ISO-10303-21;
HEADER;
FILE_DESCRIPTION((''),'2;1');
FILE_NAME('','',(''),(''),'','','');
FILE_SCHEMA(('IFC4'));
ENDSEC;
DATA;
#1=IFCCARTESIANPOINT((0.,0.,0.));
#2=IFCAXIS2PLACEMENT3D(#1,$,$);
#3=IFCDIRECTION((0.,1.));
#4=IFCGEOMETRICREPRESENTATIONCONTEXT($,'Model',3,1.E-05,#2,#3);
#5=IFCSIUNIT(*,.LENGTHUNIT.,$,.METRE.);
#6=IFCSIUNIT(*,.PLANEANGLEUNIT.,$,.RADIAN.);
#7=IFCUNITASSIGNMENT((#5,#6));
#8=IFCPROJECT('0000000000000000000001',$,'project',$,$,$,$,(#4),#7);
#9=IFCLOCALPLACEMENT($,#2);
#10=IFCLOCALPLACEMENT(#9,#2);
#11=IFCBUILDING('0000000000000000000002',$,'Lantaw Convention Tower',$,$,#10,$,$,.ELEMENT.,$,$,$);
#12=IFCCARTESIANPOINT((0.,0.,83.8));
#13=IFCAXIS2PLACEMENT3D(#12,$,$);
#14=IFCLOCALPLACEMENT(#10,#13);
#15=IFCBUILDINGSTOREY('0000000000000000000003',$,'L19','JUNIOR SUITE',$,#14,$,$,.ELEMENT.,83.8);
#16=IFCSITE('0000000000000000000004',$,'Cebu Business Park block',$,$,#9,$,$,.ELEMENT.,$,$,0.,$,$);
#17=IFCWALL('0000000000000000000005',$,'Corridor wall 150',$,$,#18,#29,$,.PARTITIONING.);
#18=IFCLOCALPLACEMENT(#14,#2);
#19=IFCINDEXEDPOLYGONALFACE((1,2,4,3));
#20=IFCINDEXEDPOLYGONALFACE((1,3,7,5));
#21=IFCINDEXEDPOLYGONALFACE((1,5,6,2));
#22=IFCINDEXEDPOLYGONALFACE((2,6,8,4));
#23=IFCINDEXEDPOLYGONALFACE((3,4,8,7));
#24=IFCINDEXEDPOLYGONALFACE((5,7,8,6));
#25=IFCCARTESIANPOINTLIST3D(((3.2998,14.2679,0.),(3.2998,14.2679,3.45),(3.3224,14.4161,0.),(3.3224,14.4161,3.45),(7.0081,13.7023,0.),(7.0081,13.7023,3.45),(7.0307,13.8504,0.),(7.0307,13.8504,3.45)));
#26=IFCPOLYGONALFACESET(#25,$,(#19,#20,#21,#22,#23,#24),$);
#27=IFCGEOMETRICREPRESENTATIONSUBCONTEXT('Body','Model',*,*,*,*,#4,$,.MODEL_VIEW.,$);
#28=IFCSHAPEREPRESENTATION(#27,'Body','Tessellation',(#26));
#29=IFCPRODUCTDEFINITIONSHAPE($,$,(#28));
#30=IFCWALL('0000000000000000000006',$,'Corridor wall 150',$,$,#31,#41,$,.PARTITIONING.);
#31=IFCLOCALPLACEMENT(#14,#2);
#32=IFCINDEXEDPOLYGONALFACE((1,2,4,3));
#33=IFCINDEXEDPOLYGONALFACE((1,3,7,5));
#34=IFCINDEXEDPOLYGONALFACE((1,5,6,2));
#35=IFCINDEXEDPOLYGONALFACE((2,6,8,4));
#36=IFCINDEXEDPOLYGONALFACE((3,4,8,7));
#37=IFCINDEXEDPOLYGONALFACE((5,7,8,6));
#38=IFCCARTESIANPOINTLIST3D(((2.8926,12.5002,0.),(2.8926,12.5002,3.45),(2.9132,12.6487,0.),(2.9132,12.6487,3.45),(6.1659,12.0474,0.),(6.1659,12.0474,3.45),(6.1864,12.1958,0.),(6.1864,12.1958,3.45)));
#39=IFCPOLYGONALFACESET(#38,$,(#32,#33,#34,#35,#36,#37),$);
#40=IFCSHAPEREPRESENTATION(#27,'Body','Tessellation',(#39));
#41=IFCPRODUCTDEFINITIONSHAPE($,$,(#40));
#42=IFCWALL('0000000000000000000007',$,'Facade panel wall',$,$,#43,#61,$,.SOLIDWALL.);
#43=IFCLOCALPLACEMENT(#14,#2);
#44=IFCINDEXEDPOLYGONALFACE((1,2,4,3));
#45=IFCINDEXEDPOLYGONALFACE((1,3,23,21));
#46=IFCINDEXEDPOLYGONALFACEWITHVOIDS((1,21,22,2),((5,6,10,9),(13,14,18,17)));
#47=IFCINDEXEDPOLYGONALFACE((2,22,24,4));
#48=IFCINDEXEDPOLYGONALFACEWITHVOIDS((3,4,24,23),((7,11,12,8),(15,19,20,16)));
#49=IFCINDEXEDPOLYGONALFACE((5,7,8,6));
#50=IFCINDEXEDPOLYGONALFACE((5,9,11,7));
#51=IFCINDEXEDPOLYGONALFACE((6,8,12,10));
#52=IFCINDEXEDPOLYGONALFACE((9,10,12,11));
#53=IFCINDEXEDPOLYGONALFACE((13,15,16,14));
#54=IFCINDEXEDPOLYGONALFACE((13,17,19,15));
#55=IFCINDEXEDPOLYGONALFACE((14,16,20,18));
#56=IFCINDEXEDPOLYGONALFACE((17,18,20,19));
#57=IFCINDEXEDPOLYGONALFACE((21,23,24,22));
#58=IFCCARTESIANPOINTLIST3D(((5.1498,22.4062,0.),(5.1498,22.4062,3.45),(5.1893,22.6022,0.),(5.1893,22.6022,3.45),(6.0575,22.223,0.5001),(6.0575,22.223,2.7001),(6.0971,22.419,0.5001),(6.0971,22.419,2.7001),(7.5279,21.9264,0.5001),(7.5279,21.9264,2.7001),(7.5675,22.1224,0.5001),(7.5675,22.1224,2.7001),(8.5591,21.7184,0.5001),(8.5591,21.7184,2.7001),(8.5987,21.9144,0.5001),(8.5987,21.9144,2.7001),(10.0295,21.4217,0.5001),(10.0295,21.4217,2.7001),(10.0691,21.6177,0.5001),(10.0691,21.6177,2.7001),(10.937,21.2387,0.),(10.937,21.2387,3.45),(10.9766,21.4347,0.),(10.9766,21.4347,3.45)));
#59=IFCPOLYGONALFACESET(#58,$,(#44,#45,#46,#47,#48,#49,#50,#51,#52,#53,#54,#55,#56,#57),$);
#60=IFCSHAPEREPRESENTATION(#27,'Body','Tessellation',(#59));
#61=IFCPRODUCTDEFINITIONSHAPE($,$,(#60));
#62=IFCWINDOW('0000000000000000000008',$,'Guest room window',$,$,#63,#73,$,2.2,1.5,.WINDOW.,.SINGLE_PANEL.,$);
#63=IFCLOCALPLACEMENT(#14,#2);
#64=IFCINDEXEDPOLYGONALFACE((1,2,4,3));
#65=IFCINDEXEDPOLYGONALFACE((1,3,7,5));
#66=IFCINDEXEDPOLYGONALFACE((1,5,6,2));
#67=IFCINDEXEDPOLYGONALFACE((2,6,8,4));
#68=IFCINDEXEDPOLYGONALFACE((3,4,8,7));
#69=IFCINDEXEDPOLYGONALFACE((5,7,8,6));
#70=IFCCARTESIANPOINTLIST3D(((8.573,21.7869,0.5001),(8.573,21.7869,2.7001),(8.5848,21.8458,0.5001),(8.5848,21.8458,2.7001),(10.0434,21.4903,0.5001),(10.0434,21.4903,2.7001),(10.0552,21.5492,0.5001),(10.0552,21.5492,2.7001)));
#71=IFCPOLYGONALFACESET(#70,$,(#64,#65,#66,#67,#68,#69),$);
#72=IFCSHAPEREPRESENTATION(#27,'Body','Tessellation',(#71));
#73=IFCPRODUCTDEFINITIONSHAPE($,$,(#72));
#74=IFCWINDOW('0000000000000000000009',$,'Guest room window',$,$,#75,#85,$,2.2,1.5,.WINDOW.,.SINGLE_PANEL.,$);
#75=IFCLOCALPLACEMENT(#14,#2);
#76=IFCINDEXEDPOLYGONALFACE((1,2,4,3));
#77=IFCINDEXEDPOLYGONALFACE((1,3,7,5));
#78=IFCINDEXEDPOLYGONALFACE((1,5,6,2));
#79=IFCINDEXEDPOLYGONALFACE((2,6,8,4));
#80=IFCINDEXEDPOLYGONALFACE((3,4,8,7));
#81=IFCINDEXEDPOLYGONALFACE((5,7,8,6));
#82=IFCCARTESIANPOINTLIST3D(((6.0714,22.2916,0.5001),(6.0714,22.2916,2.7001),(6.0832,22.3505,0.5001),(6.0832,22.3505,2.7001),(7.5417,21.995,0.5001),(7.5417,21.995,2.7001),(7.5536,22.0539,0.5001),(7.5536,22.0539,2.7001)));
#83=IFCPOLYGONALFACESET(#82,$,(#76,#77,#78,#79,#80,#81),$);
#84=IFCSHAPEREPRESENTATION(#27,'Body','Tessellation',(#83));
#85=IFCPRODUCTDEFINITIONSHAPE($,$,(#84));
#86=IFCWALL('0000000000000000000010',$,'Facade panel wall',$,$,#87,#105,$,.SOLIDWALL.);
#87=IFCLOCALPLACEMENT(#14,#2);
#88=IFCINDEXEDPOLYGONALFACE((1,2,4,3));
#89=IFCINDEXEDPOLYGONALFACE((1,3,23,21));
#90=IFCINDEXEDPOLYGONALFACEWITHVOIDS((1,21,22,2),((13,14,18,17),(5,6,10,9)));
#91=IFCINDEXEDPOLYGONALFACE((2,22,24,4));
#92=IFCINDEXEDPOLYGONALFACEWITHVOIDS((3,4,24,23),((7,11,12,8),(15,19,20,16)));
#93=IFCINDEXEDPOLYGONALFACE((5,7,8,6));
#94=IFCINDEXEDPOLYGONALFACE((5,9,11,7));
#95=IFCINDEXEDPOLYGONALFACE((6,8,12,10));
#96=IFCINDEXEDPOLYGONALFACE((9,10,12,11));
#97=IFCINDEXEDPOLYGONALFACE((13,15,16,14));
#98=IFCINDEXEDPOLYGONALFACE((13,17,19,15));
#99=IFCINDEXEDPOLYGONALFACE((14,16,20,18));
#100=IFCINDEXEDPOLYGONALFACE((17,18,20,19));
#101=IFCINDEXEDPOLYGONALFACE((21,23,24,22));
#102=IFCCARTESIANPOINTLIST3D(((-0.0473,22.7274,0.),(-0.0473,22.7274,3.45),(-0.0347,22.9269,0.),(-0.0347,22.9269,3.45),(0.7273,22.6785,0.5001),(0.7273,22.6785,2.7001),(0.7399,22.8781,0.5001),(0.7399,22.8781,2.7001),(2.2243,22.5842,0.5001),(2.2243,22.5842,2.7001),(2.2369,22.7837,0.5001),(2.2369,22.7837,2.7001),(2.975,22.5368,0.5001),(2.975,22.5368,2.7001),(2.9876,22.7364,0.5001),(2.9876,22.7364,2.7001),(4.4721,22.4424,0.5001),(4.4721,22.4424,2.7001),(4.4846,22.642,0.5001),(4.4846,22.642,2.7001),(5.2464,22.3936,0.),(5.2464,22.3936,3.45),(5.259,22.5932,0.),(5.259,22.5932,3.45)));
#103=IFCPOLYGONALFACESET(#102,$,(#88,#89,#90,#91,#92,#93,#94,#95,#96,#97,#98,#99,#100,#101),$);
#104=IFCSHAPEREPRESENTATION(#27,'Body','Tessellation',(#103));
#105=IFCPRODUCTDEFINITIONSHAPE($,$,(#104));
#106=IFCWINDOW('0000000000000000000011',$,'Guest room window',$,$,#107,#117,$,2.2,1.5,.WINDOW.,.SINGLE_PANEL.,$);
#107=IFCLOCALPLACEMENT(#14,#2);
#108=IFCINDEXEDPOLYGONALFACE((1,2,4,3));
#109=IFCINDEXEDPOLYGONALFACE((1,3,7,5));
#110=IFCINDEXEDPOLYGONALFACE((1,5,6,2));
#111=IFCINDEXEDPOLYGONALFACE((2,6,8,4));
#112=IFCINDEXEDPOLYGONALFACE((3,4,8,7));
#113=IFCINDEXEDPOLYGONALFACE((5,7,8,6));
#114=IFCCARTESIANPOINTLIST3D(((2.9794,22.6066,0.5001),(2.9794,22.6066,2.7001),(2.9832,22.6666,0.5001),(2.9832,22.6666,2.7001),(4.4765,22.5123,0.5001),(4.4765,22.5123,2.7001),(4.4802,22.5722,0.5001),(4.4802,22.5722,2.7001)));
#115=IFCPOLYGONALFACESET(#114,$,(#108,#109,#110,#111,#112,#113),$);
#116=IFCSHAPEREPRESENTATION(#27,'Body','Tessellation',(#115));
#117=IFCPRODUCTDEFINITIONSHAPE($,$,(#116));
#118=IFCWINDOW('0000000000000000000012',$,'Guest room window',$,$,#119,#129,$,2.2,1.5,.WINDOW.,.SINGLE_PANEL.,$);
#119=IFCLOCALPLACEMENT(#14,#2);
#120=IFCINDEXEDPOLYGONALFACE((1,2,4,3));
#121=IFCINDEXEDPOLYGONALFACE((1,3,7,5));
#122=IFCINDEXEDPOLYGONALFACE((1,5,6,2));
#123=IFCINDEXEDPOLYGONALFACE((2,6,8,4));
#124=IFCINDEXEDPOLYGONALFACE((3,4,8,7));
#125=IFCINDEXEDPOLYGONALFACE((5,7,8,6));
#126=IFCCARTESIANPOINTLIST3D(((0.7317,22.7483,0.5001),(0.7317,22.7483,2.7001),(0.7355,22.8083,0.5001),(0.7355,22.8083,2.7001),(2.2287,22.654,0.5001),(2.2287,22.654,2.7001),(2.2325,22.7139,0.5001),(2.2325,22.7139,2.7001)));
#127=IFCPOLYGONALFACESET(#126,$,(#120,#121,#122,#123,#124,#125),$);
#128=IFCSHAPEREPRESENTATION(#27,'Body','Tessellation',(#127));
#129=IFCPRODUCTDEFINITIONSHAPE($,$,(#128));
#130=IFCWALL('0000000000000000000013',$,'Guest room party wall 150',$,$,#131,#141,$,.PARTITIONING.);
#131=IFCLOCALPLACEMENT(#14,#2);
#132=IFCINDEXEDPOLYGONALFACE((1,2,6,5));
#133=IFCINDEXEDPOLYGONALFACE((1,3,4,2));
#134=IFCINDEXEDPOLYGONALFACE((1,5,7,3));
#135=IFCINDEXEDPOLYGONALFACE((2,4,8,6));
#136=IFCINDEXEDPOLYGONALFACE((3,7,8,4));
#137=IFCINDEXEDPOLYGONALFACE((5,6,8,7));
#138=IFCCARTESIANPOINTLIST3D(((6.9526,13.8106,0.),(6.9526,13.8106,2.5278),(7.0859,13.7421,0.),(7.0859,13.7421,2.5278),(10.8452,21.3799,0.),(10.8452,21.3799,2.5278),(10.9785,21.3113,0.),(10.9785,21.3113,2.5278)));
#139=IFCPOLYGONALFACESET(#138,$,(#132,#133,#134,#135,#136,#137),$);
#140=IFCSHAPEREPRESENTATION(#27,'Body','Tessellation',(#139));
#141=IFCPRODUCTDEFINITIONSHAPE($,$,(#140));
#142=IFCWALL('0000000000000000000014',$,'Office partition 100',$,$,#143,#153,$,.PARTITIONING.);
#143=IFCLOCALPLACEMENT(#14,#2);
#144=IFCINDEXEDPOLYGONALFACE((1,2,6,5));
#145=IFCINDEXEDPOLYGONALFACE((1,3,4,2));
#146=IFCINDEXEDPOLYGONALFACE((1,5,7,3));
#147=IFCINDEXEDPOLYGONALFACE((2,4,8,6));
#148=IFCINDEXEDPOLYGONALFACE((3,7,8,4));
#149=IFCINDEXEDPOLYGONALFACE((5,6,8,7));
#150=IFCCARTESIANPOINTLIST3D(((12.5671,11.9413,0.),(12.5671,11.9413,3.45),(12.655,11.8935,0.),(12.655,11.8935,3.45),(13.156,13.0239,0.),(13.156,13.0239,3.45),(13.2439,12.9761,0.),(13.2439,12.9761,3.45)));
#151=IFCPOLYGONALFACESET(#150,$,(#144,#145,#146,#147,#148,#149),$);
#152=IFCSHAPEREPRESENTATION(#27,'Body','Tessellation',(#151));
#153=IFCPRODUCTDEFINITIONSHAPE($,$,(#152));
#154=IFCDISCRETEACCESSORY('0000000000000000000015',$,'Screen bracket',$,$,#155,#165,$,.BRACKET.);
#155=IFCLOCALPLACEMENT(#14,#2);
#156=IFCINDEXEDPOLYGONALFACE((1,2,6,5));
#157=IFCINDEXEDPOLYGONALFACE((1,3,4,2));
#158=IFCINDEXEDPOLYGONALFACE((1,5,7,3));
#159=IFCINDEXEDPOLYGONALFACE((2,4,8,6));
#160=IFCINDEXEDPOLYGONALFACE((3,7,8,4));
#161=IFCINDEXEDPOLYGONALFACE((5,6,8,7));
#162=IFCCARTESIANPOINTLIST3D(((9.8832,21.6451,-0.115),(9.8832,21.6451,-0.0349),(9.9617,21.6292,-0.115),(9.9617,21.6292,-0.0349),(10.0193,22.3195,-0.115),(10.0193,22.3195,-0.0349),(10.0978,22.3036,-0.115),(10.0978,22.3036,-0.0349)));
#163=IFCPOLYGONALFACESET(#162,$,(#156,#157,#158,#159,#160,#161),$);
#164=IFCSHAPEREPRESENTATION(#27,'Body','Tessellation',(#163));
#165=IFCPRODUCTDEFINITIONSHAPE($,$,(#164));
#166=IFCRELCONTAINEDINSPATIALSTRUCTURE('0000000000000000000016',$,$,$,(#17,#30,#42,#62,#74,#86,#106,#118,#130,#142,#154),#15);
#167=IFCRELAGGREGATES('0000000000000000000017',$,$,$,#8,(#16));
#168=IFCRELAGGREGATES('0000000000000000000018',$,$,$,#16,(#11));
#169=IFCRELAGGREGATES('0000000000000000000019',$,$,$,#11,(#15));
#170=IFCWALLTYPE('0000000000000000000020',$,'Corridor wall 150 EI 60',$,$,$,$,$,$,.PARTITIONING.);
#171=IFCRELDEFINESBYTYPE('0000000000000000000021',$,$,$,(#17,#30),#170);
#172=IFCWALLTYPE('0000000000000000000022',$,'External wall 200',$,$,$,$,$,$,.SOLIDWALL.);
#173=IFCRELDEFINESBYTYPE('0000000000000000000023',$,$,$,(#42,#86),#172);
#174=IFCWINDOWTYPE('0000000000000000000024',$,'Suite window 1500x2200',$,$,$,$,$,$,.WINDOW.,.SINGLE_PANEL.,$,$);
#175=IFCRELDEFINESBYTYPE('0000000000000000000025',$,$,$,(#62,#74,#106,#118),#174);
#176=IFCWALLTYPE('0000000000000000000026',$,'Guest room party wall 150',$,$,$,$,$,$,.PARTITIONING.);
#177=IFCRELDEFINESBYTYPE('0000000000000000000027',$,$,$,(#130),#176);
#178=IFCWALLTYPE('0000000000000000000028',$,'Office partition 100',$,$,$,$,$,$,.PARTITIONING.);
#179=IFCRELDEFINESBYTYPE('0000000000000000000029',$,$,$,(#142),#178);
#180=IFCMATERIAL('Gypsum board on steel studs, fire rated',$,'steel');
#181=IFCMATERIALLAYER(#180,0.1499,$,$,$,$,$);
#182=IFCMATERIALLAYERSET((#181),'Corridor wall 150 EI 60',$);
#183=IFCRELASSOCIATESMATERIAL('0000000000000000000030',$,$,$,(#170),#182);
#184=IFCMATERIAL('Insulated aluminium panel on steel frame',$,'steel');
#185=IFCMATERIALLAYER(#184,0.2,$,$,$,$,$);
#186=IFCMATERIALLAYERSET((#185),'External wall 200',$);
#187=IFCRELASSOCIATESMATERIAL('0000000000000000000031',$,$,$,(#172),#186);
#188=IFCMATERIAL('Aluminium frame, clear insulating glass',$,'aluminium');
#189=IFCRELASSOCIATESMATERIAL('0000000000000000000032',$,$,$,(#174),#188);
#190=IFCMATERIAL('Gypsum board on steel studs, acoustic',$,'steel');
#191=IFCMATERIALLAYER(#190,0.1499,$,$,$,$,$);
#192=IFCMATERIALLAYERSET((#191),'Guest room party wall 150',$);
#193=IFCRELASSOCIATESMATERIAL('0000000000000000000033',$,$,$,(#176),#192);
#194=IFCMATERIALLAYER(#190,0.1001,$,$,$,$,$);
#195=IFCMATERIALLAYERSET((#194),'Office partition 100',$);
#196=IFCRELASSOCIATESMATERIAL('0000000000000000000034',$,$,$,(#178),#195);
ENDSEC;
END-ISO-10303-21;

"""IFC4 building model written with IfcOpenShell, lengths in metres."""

from ifc_helpers import new_model, si_unit, direction, frame, frame_2d, origin, origin_2d, place, context, subcontext, project, spatial, rectangle, extrude, material, layer, layer_set, type_object, element, fill, save


model = new_model("IFC4")

# Units and contexts
model_context = context("Model", 3, precision=1e-05, world=origin(), true_north=direction((0.0, 1.0)))
body_context = subcontext(model_context, "Body", "Model", "MODEL_VIEW")
ifc_project = project(units=[si_unit("LENGTHUNIT", "METRE"), si_unit("PLANEANGLEUNIT", "RADIAN")], contexts=[model_context])

# Site, building, storey
site_placement = place(None, origin())
site = spatial("IfcSite", under=ifc_project, at=site_placement, Name="Cebu Business Park block", CompositionType="ELEMENT", RefElevation=0.0)
building_placement = place(site_placement, origin())
building = spatial("IfcBuilding", under=site, at=building_placement, Name="Lantaw Convention Tower", CompositionType="ELEMENT")
storey_placement = place(building_placement, frame((0.0, 0.0, 83.8)))
storey = spatial("IfcBuildingStorey", under=building, at=storey_placement, Name="L19", Description="JUNIOR SUITE", CompositionType="ELEMENT", Elevation=83.8)

# Shared definitions
ifc_material_1 = material(Name="Gypsum board on steel studs, fire rated", Category="steel")
ifc_layer_1 = layer(ifc_material_1, 0.1499)
ifc_layer_set_1 = layer_set([ifc_layer_1], Name="Corridor wall 150 EI 60")
wall_type_1 = type_object("IfcWallType", Name="Corridor wall 150 EI 60", PredefinedType="PARTITIONING", material=ifc_layer_set_1)

# Walls
wall_1_placement = place(storey_placement, frame((7.0193, 13.7764, 0.0), z_axis=(0.0, 0.0, 1.0), x_axis=(-0.988564, 0.1508, 0.0)))
element("IfcWall", 1, at=wall_1_placement, inside=storey, type_object=wall_type_1, Name="Corridor wall 150", PredefinedType="PARTITIONING", context=body_context, shape_type="SweptSolid", body=[
    extrude(rectangle(XDim=3.7512, YDim=0.1499, at=frame_2d((1.8755, 0.0))), origin(), (0.0, 0.0, 1.0), 3.45),
])
wall_2_placement = place(storey_placement, frame((6.1763, 12.1216, 0.0), z_axis=(0.0, 0.0, 1.0), x_axis=(-0.990563, 0.137055, 0.0)))
element("IfcWall", 2, at=wall_2_placement, inside=storey, type_object=wall_type_1, Name="Corridor wall 150", PredefinedType="PARTITIONING", context=body_context, shape_type="SweptSolid", body=[
    extrude(rectangle(XDim=3.3044, YDim=0.1499, at=frame_2d((1.6523, 0.0))), origin(), (0.0, 0.0, 1.0), 3.45),
])

# Walls, openings, windows
ifc_material_2 = material(Name="Insulated aluminium panel on steel frame", Category="steel")
ifc_layer_2 = layer(ifc_material_2, 0.2)
ifc_layer_set_2 = layer_set([ifc_layer_2], Name="External wall 200")
wall_type_2 = type_object("IfcWallType", Name="External wall 200", PredefinedType="SOLIDWALL", material=ifc_layer_set_2)
wall_3_placement = place(storey_placement, frame((10.9568, 21.3367, 0.0), z_axis=(0.0, 0.0, 1.0), x_axis=(-0.980252, 0.197754, 0.0)))
wall_3 = element("IfcWall", 3, at=wall_3_placement, inside=storey, type_object=wall_type_2, Name="Facade panel wall", PredefinedType="SOLIDWALL", context=body_context, shape_type="SweptSolid", body=[
    extrude(rectangle(XDim=5.9038, YDim=0.2, at=frame_2d((2.9519, 0.0))), origin(), (0.0, 0.0, 1.0), 3.45),
])
opening_1_placement = place(wall_3_placement, frame((0.9258, 0.0, 0.5)))
opening_1 = element("IfcOpeningElement", 4, at=opening_1_placement, cuts=wall_3, PredefinedType="OPENING", context=body_context, shape_type="SweptSolid", body=[
    extrude(rectangle(XDim=1.5, YDim=2.2, at=frame_2d((0.75, 1.1001))), frame((0.0, 0.1099, 0.0), z_axis=(0.0, -1.0, 0.0), x_axis=(1.0, 0.0, 0.0)), (0.0, 0.0, 1.0), 0.22),
])
opening_2_placement = place(wall_3_placement, frame((3.4778, 0.0, 0.5)))
opening_2 = element("IfcOpeningElement", 5, at=opening_2_placement, cuts=wall_3, PredefinedType="OPENING", context=body_context, shape_type="SweptSolid", body=[
    extrude(rectangle(XDim=1.5, YDim=2.2, at=frame_2d((0.75, 1.1001))), frame((0.0, 0.1099, 0.0), z_axis=(0.0, -1.0, 0.0), x_axis=(1.0, 0.0, 0.0)), (0.0, 0.0, 1.0), 0.22),
])
ifc_material_3 = material(Name="Aluminium frame, clear insulating glass", Category="aluminium")
window_type = type_object("IfcWindowType", Name="Suite window 1500x2200", PartitioningType="SINGLE_PANEL", PredefinedType="WINDOW", material=ifc_material_3)
window_1_placement = place(opening_1_placement, origin())
window_1 = element("IfcWindow", 6, at=window_1_placement, inside=storey, type_object=window_type, Name="Guest room window", OverallHeight=2.2, OverallWidth=1.5, PartitioningType="SINGLE_PANEL", PredefinedType="WINDOW", context=body_context, shape_type="SweptSolid", body=[
    extrude(rectangle(XDim=1.5, YDim=2.2, at=frame_2d((0.75, 1.1001))), frame((0.0, 0.03, 0.0), z_axis=(0.0, -1.0, 0.0), x_axis=(1.0, 0.0, 0.0)), (0.0, 0.0, 1.0), 0.0601),
])
fill(opening_1, window_1)
window_2_placement = place(opening_2_placement, origin())
window_2 = element("IfcWindow", 7, at=window_2_placement, inside=storey, type_object=window_type, Name="Guest room window", OverallHeight=2.2, OverallWidth=1.5, PartitioningType="SINGLE_PANEL", PredefinedType="WINDOW", context=body_context, shape_type="SweptSolid", body=[
    extrude(rectangle(XDim=1.5, YDim=2.2, at=frame_2d((0.75, 1.1001))), frame((0.0, 0.03, 0.0), z_axis=(0.0, -1.0, 0.0), x_axis=(1.0, 0.0, 0.0)), (0.0, 0.0, 1.0), 0.0601),
])
fill(opening_2, window_2)
wall_4_placement = place(storey_placement, frame((5.2527, 22.4934, 0.0), z_axis=(0.0, 0.0, 1.0), x_axis=(-0.998019, 0.06292, 0.0)))
wall_4 = element("IfcWall", 8, at=wall_4_placement, inside=storey, type_object=wall_type_2, Name="Facade panel wall", PredefinedType="SOLIDWALL", context=body_context, shape_type="SweptSolid", body=[
    extrude(rectangle(XDim=5.3042, YDim=0.2, at=frame_2d((2.6521, 0.0))), origin(), (0.0, 0.0, 1.0), 3.45),
])
opening_3_placement = place(wall_4_placement, frame((0.7759, 0.0, 0.5)))
opening_3 = element("IfcOpeningElement", 9, at=opening_3_placement, cuts=wall_4, PredefinedType="OPENING", context=body_context, shape_type="SweptSolid", body=[
    extrude(rectangle(XDim=1.5, YDim=2.2, at=frame_2d((0.75, 1.1001))), frame((0.0, 0.1099, 0.0), z_axis=(0.0, -1.0, 0.0), x_axis=(1.0, 0.0, 0.0)), (0.0, 0.0, 1.0), 0.22),
])
opening_4_placement = place(wall_4_placement, frame((3.0281, 0.0, 0.5)))
opening_4 = element("IfcOpeningElement", 10, at=opening_4_placement, cuts=wall_4, PredefinedType="OPENING", context=body_context, shape_type="SweptSolid", body=[
    extrude(rectangle(XDim=1.5, YDim=2.2, at=frame_2d((0.75, 1.1001))), frame((0.0, 0.1099, 0.0), z_axis=(0.0, -1.0, 0.0), x_axis=(1.0, 0.0, 0.0)), (0.0, 0.0, 1.0), 0.22),
])
window_3_placement = place(opening_3_placement, origin())
window_3 = element("IfcWindow", 11, at=window_3_placement, inside=storey, type_object=window_type, Name="Guest room window", OverallHeight=2.2, OverallWidth=1.5, PartitioningType="SINGLE_PANEL", PredefinedType="WINDOW", context=body_context, shape_type="SweptSolid", body=[
    extrude(rectangle(XDim=1.5, YDim=2.2, at=frame_2d((0.75, 1.1001))), frame((0.0, 0.03, 0.0), z_axis=(0.0, -1.0, 0.0), x_axis=(1.0, 0.0, 0.0)), (0.0, 0.0, 1.0), 0.0601),
])
fill(opening_3, window_3)
window_4_placement = place(opening_4_placement, origin())
window_4 = element("IfcWindow", 12, at=window_4_placement, inside=storey, type_object=window_type, Name="Guest room window", OverallHeight=2.2, OverallWidth=1.5, PartitioningType="SINGLE_PANEL", PredefinedType="WINDOW", context=body_context, shape_type="SweptSolid", body=[
    extrude(rectangle(XDim=1.5, YDim=2.2, at=frame_2d((0.75, 1.1001))), frame((0.0, 0.03, 0.0), z_axis=(0.0, -1.0, 0.0), x_axis=(1.0, 0.0, 0.0)), (0.0, 0.0, 1.0), 0.0601),
])
fill(opening_4, window_4)

# Walls
ifc_material_4 = material(Name="Gypsum board on steel studs, acoustic", Category="steel")
ifc_layer_3 = layer(ifc_material_4, 0.1499)
ifc_layer_set_3 = layer_set([ifc_layer_3], Name="Guest room party wall 150")
wall_type_3 = type_object("IfcWallType", Name="Guest room party wall 150", PredefinedType="PARTITIONING", material=ifc_layer_set_3)
wall_5_placement = place(storey_placement, frame((10.9119, 21.3457, 0.0), z_axis=(0.0, 0.0, 1.0), x_axis=(-0.457327, -0.889298, 0.0)))
element("IfcWall", 13, at=wall_5_placement, inside=storey, type_object=wall_type_3, Name="Guest room party wall 150", PredefinedType="PARTITIONING", context=body_context, shape_type="SweptSolid", body=[
    extrude(rectangle(XDim=8.5115, YDim=0.1499, at=frame_2d((4.2559, 0.0))), origin(), (0.0, 0.0, 1.0), 2.5278),
])
ifc_layer_4 = layer(ifc_material_4, 0.1001)
ifc_layer_set_4 = layer_set([ifc_layer_4], Name="Office partition 100")
wall_type_4 = type_object("IfcWallType", Name="Office partition 100", PredefinedType="PARTITIONING", material=ifc_layer_set_4)
wall_6_placement = place(storey_placement, frame((13.2, 13.0, 0.0), z_axis=(0.0, 0.0, 1.0), x_axis=(-0.477852, -0.87844, 0.0)))
element("IfcWall", 14, at=wall_6_placement, inside=storey, type_object=wall_type_4, Name="Office partition 100", PredefinedType="PARTITIONING", context=body_context, shape_type="SweptSolid", body=[
    extrude(rectangle(XDim=1.2324, YDim=0.1001, at=frame_2d((0.6162, 0.0))), origin(), (0.0, 0.0, 1.0), 3.45),
])

# Discrete accessory
discrete_accessory_placement = place(storey_placement, frame((9.9905, 21.9744, -0.115), z_axis=(0.0, 0.0, 1.0), x_axis=(-0.980245, 0.197789, 0.0)))
element("IfcDiscreteAccessory", 15, at=discrete_accessory_placement, inside=storey, Name="Screen bracket", PredefinedType="BRACKET", context=body_context, shape_type="SweptSolid", body=[
    extrude(rectangle(XDim=0.0801, YDim=0.688, at=origin_2d()), origin(), (0.0, 0.0, 1.0), 0.0801),
])

save(model, "model.ifc")
